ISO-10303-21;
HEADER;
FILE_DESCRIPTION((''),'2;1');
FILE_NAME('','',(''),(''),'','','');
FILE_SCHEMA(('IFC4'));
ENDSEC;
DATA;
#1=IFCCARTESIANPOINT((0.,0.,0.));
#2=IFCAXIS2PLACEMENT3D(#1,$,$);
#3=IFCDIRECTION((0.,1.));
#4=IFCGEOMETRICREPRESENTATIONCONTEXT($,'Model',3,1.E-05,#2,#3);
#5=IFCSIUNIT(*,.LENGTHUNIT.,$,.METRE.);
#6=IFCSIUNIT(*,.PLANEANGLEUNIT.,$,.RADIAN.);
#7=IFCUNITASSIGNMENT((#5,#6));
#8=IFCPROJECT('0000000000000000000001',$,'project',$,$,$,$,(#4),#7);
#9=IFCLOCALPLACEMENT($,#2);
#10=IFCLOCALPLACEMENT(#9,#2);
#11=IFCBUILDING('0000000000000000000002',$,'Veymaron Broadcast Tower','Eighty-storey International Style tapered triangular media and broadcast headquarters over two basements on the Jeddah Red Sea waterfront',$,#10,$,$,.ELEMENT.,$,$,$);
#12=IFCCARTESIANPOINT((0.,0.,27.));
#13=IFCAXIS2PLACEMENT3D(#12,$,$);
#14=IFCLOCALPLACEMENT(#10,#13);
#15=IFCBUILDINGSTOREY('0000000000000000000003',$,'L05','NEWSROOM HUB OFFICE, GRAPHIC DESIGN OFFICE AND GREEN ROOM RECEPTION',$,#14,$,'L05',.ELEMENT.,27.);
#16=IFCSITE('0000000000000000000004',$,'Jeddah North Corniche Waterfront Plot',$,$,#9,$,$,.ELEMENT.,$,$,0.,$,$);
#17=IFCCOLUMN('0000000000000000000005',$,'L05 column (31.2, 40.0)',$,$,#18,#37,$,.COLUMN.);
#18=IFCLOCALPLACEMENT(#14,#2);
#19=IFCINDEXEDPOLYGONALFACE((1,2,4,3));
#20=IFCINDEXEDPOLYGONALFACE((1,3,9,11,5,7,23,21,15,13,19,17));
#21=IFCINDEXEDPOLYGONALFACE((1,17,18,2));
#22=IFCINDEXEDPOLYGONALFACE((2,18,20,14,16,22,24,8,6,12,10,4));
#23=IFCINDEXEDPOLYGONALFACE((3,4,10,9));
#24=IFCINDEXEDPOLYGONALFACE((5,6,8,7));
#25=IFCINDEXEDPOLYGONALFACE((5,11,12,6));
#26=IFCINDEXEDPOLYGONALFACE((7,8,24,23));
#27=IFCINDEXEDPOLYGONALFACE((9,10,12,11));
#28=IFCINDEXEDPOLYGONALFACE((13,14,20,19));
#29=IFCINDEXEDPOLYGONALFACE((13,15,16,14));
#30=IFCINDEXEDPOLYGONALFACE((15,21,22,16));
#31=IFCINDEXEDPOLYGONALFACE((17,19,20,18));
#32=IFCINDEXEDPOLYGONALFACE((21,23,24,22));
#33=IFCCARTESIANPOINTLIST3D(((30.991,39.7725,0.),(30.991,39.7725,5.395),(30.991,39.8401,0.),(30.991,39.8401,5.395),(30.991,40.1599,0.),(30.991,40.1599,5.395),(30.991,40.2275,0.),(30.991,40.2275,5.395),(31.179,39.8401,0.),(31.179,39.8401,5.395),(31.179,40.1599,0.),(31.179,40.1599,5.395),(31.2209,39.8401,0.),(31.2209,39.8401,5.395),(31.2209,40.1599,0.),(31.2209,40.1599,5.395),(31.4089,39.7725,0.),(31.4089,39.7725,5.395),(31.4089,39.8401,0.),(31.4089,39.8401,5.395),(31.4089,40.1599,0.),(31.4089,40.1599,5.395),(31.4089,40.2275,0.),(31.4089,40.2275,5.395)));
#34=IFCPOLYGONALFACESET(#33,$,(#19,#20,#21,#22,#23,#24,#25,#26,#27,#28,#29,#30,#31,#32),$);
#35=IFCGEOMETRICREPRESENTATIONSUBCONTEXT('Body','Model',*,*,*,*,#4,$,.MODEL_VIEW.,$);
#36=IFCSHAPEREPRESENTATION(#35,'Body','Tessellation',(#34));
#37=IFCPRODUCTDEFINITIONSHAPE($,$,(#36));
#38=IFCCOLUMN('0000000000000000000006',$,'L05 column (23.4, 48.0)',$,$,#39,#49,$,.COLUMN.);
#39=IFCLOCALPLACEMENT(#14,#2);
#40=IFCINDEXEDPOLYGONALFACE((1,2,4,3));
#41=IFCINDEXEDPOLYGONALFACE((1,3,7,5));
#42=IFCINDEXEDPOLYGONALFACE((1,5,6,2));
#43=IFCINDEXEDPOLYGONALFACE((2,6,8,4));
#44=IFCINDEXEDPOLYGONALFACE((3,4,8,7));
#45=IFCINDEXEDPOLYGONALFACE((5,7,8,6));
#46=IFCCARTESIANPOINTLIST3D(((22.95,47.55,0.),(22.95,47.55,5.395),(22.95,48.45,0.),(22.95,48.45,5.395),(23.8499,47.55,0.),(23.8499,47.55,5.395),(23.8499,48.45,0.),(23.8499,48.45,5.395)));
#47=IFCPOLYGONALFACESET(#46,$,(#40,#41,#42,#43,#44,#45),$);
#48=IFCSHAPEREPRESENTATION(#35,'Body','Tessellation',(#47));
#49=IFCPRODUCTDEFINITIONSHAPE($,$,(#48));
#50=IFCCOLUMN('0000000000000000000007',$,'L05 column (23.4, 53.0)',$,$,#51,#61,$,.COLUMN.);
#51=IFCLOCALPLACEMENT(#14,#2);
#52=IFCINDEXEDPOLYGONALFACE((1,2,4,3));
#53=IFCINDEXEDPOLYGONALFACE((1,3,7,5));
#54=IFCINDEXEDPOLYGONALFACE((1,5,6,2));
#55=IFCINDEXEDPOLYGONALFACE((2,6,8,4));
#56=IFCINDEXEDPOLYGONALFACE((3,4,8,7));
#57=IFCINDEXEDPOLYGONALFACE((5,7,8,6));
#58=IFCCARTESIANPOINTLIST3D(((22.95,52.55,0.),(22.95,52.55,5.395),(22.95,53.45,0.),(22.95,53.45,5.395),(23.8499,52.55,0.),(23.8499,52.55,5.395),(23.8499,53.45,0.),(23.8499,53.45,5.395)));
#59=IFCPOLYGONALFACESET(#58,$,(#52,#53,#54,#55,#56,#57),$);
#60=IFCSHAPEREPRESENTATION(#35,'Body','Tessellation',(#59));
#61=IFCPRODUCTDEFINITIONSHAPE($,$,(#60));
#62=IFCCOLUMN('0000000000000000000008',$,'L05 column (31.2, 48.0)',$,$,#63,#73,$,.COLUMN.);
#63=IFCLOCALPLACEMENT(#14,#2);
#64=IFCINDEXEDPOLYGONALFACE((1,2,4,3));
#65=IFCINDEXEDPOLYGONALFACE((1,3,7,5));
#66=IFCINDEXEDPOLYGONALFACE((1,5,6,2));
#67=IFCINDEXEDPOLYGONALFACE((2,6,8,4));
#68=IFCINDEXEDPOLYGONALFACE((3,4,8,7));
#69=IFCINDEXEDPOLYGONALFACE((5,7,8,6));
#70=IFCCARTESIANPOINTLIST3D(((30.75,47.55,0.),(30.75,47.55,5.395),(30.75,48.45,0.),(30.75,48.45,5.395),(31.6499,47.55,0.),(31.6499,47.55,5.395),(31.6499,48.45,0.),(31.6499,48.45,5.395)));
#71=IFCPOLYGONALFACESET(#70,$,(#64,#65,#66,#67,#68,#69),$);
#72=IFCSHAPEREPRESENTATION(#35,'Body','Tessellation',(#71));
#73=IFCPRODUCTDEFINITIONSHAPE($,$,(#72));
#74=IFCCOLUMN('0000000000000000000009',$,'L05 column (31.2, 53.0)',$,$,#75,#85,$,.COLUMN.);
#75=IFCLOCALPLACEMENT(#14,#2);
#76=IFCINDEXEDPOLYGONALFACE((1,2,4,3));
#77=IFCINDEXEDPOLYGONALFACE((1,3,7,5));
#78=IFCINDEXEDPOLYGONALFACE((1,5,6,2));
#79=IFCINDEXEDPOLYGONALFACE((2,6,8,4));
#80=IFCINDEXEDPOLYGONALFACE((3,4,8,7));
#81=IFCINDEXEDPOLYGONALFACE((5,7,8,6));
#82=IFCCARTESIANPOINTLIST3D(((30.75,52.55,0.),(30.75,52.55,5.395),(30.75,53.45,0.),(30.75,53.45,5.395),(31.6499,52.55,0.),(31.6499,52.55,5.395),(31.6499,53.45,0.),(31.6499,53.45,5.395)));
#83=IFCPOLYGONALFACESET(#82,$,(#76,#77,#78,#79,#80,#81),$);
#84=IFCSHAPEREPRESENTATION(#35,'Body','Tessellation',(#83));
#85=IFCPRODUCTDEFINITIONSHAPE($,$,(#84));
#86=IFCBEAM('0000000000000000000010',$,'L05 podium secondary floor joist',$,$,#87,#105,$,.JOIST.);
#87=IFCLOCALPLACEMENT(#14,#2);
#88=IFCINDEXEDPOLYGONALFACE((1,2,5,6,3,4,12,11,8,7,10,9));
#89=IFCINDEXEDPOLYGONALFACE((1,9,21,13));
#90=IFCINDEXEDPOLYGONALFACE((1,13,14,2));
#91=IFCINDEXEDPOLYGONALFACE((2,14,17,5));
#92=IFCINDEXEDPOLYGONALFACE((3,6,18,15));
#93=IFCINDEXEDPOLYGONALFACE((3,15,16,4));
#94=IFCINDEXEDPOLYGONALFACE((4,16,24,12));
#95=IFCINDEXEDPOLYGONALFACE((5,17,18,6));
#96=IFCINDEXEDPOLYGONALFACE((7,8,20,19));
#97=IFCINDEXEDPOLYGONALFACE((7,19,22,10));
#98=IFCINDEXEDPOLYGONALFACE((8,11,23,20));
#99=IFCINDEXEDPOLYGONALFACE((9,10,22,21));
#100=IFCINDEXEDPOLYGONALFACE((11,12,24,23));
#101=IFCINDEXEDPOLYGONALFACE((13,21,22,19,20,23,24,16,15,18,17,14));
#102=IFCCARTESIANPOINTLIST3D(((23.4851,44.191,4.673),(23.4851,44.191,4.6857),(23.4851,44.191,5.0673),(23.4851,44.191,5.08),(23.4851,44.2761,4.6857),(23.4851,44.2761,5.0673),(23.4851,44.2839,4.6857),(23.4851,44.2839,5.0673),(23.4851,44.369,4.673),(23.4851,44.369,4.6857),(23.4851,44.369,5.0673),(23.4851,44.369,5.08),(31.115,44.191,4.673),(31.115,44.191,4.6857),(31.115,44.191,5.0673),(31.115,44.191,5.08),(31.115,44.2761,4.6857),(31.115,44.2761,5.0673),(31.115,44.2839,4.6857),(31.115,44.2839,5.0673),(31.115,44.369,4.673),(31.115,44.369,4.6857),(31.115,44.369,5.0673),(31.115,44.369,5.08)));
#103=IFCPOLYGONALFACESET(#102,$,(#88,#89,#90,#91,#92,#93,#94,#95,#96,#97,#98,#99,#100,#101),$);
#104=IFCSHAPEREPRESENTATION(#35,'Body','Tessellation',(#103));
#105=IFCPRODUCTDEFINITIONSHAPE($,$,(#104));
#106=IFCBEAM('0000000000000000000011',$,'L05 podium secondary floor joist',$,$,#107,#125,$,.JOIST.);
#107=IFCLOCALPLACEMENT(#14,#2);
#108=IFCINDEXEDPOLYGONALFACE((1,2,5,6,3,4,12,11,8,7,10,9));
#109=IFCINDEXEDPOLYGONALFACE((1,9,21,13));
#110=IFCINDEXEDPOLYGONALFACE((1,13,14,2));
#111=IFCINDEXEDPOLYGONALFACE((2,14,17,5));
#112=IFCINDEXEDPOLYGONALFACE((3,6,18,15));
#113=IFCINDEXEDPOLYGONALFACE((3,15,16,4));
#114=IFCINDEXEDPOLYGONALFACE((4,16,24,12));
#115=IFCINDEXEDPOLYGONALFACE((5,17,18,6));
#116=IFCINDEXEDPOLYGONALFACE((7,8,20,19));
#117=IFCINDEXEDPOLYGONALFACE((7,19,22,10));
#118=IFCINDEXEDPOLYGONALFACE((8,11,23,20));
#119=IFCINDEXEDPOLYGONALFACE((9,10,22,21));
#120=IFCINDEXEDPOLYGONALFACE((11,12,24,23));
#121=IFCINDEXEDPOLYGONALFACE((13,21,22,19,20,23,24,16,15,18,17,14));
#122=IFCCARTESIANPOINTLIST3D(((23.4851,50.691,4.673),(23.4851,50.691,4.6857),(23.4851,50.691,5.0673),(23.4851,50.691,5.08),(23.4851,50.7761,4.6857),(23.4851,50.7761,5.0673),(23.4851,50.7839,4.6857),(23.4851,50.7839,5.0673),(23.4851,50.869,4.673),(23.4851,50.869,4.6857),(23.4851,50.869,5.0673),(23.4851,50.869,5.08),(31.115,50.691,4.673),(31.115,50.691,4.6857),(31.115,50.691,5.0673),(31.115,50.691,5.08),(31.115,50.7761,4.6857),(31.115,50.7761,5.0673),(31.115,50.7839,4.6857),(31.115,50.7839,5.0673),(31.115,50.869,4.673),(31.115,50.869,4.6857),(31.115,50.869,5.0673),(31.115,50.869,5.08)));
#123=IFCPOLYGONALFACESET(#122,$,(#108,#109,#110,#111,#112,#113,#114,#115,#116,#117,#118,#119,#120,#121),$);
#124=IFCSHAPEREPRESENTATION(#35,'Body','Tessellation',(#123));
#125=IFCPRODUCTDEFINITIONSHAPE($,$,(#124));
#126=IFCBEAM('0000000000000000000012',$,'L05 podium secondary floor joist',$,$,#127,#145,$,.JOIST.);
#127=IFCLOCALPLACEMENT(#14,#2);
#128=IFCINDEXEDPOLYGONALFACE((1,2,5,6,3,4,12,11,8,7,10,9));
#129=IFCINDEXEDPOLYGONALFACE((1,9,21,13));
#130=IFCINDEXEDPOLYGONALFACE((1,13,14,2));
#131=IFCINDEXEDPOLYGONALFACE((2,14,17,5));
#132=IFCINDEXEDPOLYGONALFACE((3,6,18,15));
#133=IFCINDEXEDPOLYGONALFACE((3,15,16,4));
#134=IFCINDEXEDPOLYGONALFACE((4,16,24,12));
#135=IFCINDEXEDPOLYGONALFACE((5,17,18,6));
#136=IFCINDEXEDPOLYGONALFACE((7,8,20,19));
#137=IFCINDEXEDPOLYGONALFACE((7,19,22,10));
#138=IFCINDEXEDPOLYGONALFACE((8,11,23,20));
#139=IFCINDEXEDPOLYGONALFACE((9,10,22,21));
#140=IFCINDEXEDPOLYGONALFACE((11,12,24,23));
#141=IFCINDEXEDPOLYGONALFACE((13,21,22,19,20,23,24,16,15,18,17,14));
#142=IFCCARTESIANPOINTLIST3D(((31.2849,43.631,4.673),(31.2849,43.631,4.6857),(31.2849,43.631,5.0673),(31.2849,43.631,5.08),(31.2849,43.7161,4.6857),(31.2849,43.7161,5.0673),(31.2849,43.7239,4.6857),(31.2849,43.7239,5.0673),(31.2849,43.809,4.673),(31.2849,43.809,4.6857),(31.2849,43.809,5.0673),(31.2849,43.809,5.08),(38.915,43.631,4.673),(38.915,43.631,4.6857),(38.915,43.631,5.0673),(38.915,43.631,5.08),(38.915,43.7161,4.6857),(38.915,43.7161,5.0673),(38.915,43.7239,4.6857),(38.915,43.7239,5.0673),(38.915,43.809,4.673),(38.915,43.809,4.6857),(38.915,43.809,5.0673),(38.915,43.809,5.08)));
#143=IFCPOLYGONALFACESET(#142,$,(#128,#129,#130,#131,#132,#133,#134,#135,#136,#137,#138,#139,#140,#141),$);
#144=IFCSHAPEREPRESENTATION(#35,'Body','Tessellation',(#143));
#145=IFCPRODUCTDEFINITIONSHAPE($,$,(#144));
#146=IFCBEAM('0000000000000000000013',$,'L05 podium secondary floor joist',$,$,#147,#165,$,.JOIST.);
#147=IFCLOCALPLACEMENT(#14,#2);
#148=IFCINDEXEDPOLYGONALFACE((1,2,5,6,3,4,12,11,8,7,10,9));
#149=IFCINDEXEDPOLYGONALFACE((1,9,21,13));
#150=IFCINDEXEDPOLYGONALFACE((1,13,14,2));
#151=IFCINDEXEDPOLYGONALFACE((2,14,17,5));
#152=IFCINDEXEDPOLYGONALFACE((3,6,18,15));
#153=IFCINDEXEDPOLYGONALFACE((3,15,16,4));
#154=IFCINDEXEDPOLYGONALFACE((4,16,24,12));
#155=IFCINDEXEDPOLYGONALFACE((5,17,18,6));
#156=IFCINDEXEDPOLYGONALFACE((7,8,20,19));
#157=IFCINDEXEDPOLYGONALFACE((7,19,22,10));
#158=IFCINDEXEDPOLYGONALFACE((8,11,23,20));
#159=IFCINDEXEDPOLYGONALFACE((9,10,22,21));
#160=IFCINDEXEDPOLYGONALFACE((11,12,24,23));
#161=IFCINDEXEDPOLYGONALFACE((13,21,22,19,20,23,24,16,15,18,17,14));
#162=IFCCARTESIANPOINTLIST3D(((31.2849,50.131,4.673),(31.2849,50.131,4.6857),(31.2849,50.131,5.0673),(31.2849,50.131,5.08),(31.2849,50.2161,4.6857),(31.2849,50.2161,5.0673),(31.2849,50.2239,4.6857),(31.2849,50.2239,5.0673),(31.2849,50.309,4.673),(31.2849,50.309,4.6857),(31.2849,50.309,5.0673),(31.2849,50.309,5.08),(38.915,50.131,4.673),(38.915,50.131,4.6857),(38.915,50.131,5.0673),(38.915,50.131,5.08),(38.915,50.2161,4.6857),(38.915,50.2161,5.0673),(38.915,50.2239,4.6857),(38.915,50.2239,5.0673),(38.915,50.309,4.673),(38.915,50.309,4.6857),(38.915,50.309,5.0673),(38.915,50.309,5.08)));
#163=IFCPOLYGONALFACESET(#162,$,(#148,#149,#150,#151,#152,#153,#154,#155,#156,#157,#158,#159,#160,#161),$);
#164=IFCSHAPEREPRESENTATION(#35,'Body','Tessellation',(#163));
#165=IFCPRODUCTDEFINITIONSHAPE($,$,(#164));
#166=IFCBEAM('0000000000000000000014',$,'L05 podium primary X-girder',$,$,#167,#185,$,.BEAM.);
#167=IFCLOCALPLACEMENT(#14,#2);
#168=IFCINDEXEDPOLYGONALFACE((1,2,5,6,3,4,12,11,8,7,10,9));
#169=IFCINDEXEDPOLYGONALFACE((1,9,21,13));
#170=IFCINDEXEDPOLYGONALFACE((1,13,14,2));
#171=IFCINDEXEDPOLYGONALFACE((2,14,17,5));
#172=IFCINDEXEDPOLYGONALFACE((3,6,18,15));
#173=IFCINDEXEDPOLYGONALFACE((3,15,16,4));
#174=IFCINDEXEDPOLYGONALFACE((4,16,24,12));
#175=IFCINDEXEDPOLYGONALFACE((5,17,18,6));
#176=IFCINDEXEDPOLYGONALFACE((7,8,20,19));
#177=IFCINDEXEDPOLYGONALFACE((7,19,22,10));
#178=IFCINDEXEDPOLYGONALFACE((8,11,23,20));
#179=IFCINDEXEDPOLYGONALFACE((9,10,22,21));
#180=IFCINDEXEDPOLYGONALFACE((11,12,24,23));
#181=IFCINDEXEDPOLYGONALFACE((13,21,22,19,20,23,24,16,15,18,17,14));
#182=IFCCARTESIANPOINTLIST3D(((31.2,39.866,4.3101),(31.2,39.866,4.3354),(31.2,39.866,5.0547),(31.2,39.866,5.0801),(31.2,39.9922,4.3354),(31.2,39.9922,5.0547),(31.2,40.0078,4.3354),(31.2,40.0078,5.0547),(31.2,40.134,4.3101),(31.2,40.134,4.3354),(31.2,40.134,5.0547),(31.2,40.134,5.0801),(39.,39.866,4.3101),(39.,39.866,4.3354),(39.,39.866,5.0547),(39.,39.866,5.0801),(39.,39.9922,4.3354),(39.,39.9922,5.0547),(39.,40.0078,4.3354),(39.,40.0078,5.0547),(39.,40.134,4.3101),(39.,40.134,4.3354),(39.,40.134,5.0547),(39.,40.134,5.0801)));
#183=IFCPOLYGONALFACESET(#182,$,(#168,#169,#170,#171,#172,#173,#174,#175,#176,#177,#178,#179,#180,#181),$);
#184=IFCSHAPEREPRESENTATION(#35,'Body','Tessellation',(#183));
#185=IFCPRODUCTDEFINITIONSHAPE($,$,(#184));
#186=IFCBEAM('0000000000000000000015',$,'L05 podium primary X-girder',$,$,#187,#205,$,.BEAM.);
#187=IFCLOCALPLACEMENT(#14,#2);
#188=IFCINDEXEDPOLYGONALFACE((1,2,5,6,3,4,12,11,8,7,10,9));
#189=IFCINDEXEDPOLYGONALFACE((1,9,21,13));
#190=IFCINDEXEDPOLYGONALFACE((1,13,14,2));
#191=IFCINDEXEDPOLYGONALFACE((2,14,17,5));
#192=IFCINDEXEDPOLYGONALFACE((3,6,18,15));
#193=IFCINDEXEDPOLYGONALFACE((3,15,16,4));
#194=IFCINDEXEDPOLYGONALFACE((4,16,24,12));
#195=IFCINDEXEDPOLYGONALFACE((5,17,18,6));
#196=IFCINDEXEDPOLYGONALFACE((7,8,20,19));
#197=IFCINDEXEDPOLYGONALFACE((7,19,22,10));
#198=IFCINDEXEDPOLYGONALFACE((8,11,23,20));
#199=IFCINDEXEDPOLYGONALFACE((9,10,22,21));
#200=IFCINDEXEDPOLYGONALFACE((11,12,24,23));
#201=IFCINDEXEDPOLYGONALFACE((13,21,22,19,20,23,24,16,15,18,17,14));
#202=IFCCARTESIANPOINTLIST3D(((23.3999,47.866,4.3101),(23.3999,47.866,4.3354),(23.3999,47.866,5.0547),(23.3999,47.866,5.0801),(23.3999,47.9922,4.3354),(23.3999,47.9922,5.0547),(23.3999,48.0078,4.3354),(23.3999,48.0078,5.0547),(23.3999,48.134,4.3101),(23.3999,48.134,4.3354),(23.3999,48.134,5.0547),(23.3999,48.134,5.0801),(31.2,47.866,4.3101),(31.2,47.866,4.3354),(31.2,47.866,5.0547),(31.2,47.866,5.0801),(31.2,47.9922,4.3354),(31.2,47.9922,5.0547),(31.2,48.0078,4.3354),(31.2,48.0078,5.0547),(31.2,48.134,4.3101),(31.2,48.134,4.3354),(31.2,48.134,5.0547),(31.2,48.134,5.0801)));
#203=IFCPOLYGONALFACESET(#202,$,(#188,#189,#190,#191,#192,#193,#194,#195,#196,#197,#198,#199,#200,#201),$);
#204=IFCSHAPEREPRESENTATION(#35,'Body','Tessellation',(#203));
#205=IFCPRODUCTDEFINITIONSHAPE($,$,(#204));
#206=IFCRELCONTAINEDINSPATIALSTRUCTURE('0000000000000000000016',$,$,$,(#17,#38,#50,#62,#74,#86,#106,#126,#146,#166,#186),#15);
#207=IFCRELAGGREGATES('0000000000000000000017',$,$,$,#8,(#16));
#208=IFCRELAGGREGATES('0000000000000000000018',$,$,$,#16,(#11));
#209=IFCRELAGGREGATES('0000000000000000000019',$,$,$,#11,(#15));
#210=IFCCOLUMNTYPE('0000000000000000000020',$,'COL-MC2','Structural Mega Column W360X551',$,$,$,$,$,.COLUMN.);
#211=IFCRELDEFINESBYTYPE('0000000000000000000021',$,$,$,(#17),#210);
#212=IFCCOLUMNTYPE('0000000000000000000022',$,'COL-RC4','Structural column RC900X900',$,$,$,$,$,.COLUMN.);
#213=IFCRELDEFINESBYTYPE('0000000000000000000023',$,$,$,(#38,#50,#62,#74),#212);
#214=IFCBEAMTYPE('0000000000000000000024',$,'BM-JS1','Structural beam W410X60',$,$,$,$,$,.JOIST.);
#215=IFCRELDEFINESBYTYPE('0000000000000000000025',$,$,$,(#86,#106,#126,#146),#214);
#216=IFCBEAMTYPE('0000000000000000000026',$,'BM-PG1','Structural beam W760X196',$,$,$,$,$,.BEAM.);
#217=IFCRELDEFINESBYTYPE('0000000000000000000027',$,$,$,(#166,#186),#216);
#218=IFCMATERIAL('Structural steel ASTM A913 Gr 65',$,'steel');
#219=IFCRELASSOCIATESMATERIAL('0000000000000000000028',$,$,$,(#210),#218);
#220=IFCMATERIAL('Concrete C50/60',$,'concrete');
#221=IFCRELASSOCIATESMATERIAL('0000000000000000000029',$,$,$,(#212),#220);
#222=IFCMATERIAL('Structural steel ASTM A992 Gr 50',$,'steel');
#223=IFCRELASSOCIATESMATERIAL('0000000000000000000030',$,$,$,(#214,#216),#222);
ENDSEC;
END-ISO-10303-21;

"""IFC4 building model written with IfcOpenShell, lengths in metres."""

from ifc_helpers import new_model, si_unit, direction, frame, origin, origin_2d, place, context, subcontext, project, spatial, rectangle, i_section, extrude, material, material_profile, profile_set, type_object, element, save


model = new_model("IFC4")

# Units and contexts
model_context = context("Model", 3, precision=1e-05, world=origin(), true_north=direction((0.0, 1.0)))
body_context = subcontext(model_context, "Body", "Model", "MODEL_VIEW")
ifc_project = project(units=[si_unit("LENGTHUNIT", "METRE"), si_unit("PLANEANGLEUNIT", "RADIAN")], contexts=[model_context])

# Site, building, storey
site_placement = place(None, origin())
site = spatial("IfcSite", under=ifc_project, at=site_placement, Name="Jeddah North Corniche Waterfront Plot", CompositionType="ELEMENT", RefElevation=0.0)
building_placement = place(site_placement, origin())
building = spatial("IfcBuilding", under=site, at=building_placement, Name="Veymaron Broadcast Tower", Description="Eighty-storey International Style tapered triangular media and broadcast headquarters over two basements on the Jeddah Red Sea waterfront", CompositionType="ELEMENT")
storey_placement = place(building_placement, frame((0.0, 0.0, 27.0)))
storey = spatial("IfcBuildingStorey", under=building, at=storey_placement, Name="L05", Description="NEWSROOM HUB OFFICE, GRAPHIC DESIGN OFFICE AND GREEN ROOM RECEPTION", LongName="L05", CompositionType="ELEMENT", Elevation=27.0)

# Columns
ifc_material_1 = material(Name="Structural steel ASTM A913 Gr 65", Category="steel")
ifc_material_profile_1 = material_profile(ifc_material_1, i_section(OverallWidth=0.418, OverallDepth=0.4551, WebThickness=0.042, FlangeThickness=0.0676, at=origin_2d()), Name="W360X551")
ifc_profile_set_1 = profile_set([ifc_material_profile_1], Name="Structural steel ASTM A913 Gr 65")
column_type_1 = type_object("IfcColumnType", Name="COL-MC2", Description="Structural Mega Column W360X551", PredefinedType="COLUMN", material=ifc_profile_set_1)
column_placement = place(storey_placement, frame((31.2, 40.0, 0.0), z_axis=(0.0, 0.0, 1.0), x_axis=(1.0, 0.0, 0.0)))
element("IfcColumn", 1, at=column_placement, inside=storey, type_object=column_type_1, Name="L05 column (31.2, 40.0)", PredefinedType="COLUMN", context=body_context, shape_type="SweptSolid", body=[
    extrude(i_section(OverallWidth=0.418, OverallDepth=0.4551, WebThickness=0.042, FlangeThickness=0.0676, at=origin_2d()), origin(), (0.0, 0.0, 1.0), 5.395),
])
ifc_material_2 = material(Name="Concrete C50/60", Category="concrete")
ifc_material_profile_2 = material_profile(ifc_material_2, rectangle(XDim=0.8999, YDim=0.8999, at=origin_2d()), Name="RC900X900")
ifc_profile_set_2 = profile_set([ifc_material_profile_2], Name="Concrete C50/60")
column_type_2 = type_object("IfcColumnType", Name="COL-RC4", Description="Structural column RC900X900", PredefinedType="COLUMN", material=ifc_profile_set_2)
for number, where, z_axis, x_axis, name in (
    (2, (23.3999, 48.0, 0.0), (0.0, 0.0, 1.0), (1.0, 0.0, 0.0), "L05 column (23.4, 48.0)"),
    (3, (23.3999, 53.0, 0.0), (0.0, 0.0, 1.0), (1.0, 0.0, 0.0), "L05 column (23.4, 53.0)"),
    (4, (31.2, 48.0, 0.0), (0.0, 0.0, 1.0), (1.0, 0.0, 0.0), "L05 column (31.2, 48.0)"),
    (5, (31.2, 53.0, 0.0), (0.0, 0.0, 1.0), (1.0, 0.0, 0.0), "L05 column (31.2, 53.0)"),
):
    element("IfcColumn", number, at=place(storey_placement, frame(where, z_axis=z_axis, x_axis=x_axis)), inside=storey, type_object=column_type_2, Name=name, PredefinedType="COLUMN", context=body_context, shape_type="SweptSolid", body=[
        extrude(rectangle(XDim=0.8999, YDim=0.8999, at=origin_2d()), origin(), (0.0, 0.0, 1.0), 5.395),
    ])

# Beams
ifc_material_3 = material(Name="Structural steel ASTM A992 Gr 50", Category="steel")
ifc_material_profile_3 = material_profile(ifc_material_3, i_section(OverallWidth=0.178, OverallDepth=0.407, WebThickness=0.0078, FlangeThickness=0.0127, at=origin_2d()), Name="W410X60")
ifc_profile_set_3 = profile_set([ifc_material_profile_3], Name="Structural steel ASTM A992 Gr 50")
beam_type_1 = type_object("IfcBeamType", Name="BM-JS1", Description="Structural beam W410X60", PredefinedType="JOIST", material=ifc_profile_set_3)
for number, where, z_axis, x_axis, name in (
    (6, (23.4851, 44.28, 4.8765), (1.0, 0.0, 0.0), (0.0, 1.0, 0.0), "L05 podium secondary floor joist"),
    (7, (23.4851, 50.78, 4.8765), (1.0, 0.0, 0.0), (0.0, 1.0, 0.0), "L05 podium secondary floor joist"),
):
    element("IfcBeam", number, at=place(storey_placement, frame(where, z_axis=z_axis, x_axis=x_axis)), inside=storey, type_object=beam_type_1, Name=name, PredefinedType="JOIST", context=body_context, shape_type="SweptSolid", body=[
        extrude(i_section(OverallWidth=0.178, OverallDepth=0.407, WebThickness=0.0078, FlangeThickness=0.0127, at=origin_2d()), origin(), (0.0, 0.0, 1.0), 7.6299),
    ])
for number, where, z_axis, x_axis, name in (
    (8, (31.2849, 43.72, 4.8765), (1.0, 0.0, 0.0), (0.0, 1.0, 0.0), "L05 podium secondary floor joist"),
    (9, (31.2849, 50.22, 4.8765), (1.0, 0.0, 0.0), (0.0, 1.0, 0.0), "L05 podium secondary floor joist"),
):
    element("IfcBeam", number, at=place(storey_placement, frame(where, z_axis=z_axis, x_axis=x_axis)), inside=storey, type_object=beam_type_1, Name=name, PredefinedType="JOIST", context=body_context, shape_type="SweptSolid", body=[
        extrude(i_section(OverallWidth=0.178, OverallDepth=0.407, WebThickness=0.0078, FlangeThickness=0.0127, at=origin_2d()), origin(), (0.0, 0.0, 1.0), 7.6301),
    ])
ifc_material_profile_4 = material_profile(ifc_material_3, i_section(OverallWidth=0.2681, OverallDepth=0.77, WebThickness=0.0156, FlangeThickness=0.0254, at=origin_2d()), Name="W760X196")
ifc_profile_set_4 = profile_set([ifc_material_profile_4], Name="Structural steel ASTM A992 Gr 50")
beam_type_2 = type_object("IfcBeamType", Name="BM-PG1", Description="Structural beam W760X196", PredefinedType="BEAM", material=ifc_profile_set_4)
for number, where, z_axis, x_axis, name in (
    (10, (31.2, 40.0, 4.6951), (1.0, 0.0, 0.0), (0.0, 1.0, 0.0), "L05 podium primary X-girder"),
    (11, (23.3999, 48.0, 4.6951), (1.0, 0.0, 0.0), (0.0, 1.0, 0.0), "L05 podium primary X-girder"),
):
    element("IfcBeam", number, at=place(storey_placement, frame(where, z_axis=z_axis, x_axis=x_axis)), inside=storey, type_object=beam_type_2, Name=name, PredefinedType="BEAM", context=body_context, shape_type="SweptSolid", body=[
        extrude(i_section(OverallWidth=0.2681, OverallDepth=0.77, WebThickness=0.0156, FlangeThickness=0.0254, at=origin_2d()), origin(), (0.0, 0.0, 1.0), 7.8),
    ])

save(model, "model.ifc")
